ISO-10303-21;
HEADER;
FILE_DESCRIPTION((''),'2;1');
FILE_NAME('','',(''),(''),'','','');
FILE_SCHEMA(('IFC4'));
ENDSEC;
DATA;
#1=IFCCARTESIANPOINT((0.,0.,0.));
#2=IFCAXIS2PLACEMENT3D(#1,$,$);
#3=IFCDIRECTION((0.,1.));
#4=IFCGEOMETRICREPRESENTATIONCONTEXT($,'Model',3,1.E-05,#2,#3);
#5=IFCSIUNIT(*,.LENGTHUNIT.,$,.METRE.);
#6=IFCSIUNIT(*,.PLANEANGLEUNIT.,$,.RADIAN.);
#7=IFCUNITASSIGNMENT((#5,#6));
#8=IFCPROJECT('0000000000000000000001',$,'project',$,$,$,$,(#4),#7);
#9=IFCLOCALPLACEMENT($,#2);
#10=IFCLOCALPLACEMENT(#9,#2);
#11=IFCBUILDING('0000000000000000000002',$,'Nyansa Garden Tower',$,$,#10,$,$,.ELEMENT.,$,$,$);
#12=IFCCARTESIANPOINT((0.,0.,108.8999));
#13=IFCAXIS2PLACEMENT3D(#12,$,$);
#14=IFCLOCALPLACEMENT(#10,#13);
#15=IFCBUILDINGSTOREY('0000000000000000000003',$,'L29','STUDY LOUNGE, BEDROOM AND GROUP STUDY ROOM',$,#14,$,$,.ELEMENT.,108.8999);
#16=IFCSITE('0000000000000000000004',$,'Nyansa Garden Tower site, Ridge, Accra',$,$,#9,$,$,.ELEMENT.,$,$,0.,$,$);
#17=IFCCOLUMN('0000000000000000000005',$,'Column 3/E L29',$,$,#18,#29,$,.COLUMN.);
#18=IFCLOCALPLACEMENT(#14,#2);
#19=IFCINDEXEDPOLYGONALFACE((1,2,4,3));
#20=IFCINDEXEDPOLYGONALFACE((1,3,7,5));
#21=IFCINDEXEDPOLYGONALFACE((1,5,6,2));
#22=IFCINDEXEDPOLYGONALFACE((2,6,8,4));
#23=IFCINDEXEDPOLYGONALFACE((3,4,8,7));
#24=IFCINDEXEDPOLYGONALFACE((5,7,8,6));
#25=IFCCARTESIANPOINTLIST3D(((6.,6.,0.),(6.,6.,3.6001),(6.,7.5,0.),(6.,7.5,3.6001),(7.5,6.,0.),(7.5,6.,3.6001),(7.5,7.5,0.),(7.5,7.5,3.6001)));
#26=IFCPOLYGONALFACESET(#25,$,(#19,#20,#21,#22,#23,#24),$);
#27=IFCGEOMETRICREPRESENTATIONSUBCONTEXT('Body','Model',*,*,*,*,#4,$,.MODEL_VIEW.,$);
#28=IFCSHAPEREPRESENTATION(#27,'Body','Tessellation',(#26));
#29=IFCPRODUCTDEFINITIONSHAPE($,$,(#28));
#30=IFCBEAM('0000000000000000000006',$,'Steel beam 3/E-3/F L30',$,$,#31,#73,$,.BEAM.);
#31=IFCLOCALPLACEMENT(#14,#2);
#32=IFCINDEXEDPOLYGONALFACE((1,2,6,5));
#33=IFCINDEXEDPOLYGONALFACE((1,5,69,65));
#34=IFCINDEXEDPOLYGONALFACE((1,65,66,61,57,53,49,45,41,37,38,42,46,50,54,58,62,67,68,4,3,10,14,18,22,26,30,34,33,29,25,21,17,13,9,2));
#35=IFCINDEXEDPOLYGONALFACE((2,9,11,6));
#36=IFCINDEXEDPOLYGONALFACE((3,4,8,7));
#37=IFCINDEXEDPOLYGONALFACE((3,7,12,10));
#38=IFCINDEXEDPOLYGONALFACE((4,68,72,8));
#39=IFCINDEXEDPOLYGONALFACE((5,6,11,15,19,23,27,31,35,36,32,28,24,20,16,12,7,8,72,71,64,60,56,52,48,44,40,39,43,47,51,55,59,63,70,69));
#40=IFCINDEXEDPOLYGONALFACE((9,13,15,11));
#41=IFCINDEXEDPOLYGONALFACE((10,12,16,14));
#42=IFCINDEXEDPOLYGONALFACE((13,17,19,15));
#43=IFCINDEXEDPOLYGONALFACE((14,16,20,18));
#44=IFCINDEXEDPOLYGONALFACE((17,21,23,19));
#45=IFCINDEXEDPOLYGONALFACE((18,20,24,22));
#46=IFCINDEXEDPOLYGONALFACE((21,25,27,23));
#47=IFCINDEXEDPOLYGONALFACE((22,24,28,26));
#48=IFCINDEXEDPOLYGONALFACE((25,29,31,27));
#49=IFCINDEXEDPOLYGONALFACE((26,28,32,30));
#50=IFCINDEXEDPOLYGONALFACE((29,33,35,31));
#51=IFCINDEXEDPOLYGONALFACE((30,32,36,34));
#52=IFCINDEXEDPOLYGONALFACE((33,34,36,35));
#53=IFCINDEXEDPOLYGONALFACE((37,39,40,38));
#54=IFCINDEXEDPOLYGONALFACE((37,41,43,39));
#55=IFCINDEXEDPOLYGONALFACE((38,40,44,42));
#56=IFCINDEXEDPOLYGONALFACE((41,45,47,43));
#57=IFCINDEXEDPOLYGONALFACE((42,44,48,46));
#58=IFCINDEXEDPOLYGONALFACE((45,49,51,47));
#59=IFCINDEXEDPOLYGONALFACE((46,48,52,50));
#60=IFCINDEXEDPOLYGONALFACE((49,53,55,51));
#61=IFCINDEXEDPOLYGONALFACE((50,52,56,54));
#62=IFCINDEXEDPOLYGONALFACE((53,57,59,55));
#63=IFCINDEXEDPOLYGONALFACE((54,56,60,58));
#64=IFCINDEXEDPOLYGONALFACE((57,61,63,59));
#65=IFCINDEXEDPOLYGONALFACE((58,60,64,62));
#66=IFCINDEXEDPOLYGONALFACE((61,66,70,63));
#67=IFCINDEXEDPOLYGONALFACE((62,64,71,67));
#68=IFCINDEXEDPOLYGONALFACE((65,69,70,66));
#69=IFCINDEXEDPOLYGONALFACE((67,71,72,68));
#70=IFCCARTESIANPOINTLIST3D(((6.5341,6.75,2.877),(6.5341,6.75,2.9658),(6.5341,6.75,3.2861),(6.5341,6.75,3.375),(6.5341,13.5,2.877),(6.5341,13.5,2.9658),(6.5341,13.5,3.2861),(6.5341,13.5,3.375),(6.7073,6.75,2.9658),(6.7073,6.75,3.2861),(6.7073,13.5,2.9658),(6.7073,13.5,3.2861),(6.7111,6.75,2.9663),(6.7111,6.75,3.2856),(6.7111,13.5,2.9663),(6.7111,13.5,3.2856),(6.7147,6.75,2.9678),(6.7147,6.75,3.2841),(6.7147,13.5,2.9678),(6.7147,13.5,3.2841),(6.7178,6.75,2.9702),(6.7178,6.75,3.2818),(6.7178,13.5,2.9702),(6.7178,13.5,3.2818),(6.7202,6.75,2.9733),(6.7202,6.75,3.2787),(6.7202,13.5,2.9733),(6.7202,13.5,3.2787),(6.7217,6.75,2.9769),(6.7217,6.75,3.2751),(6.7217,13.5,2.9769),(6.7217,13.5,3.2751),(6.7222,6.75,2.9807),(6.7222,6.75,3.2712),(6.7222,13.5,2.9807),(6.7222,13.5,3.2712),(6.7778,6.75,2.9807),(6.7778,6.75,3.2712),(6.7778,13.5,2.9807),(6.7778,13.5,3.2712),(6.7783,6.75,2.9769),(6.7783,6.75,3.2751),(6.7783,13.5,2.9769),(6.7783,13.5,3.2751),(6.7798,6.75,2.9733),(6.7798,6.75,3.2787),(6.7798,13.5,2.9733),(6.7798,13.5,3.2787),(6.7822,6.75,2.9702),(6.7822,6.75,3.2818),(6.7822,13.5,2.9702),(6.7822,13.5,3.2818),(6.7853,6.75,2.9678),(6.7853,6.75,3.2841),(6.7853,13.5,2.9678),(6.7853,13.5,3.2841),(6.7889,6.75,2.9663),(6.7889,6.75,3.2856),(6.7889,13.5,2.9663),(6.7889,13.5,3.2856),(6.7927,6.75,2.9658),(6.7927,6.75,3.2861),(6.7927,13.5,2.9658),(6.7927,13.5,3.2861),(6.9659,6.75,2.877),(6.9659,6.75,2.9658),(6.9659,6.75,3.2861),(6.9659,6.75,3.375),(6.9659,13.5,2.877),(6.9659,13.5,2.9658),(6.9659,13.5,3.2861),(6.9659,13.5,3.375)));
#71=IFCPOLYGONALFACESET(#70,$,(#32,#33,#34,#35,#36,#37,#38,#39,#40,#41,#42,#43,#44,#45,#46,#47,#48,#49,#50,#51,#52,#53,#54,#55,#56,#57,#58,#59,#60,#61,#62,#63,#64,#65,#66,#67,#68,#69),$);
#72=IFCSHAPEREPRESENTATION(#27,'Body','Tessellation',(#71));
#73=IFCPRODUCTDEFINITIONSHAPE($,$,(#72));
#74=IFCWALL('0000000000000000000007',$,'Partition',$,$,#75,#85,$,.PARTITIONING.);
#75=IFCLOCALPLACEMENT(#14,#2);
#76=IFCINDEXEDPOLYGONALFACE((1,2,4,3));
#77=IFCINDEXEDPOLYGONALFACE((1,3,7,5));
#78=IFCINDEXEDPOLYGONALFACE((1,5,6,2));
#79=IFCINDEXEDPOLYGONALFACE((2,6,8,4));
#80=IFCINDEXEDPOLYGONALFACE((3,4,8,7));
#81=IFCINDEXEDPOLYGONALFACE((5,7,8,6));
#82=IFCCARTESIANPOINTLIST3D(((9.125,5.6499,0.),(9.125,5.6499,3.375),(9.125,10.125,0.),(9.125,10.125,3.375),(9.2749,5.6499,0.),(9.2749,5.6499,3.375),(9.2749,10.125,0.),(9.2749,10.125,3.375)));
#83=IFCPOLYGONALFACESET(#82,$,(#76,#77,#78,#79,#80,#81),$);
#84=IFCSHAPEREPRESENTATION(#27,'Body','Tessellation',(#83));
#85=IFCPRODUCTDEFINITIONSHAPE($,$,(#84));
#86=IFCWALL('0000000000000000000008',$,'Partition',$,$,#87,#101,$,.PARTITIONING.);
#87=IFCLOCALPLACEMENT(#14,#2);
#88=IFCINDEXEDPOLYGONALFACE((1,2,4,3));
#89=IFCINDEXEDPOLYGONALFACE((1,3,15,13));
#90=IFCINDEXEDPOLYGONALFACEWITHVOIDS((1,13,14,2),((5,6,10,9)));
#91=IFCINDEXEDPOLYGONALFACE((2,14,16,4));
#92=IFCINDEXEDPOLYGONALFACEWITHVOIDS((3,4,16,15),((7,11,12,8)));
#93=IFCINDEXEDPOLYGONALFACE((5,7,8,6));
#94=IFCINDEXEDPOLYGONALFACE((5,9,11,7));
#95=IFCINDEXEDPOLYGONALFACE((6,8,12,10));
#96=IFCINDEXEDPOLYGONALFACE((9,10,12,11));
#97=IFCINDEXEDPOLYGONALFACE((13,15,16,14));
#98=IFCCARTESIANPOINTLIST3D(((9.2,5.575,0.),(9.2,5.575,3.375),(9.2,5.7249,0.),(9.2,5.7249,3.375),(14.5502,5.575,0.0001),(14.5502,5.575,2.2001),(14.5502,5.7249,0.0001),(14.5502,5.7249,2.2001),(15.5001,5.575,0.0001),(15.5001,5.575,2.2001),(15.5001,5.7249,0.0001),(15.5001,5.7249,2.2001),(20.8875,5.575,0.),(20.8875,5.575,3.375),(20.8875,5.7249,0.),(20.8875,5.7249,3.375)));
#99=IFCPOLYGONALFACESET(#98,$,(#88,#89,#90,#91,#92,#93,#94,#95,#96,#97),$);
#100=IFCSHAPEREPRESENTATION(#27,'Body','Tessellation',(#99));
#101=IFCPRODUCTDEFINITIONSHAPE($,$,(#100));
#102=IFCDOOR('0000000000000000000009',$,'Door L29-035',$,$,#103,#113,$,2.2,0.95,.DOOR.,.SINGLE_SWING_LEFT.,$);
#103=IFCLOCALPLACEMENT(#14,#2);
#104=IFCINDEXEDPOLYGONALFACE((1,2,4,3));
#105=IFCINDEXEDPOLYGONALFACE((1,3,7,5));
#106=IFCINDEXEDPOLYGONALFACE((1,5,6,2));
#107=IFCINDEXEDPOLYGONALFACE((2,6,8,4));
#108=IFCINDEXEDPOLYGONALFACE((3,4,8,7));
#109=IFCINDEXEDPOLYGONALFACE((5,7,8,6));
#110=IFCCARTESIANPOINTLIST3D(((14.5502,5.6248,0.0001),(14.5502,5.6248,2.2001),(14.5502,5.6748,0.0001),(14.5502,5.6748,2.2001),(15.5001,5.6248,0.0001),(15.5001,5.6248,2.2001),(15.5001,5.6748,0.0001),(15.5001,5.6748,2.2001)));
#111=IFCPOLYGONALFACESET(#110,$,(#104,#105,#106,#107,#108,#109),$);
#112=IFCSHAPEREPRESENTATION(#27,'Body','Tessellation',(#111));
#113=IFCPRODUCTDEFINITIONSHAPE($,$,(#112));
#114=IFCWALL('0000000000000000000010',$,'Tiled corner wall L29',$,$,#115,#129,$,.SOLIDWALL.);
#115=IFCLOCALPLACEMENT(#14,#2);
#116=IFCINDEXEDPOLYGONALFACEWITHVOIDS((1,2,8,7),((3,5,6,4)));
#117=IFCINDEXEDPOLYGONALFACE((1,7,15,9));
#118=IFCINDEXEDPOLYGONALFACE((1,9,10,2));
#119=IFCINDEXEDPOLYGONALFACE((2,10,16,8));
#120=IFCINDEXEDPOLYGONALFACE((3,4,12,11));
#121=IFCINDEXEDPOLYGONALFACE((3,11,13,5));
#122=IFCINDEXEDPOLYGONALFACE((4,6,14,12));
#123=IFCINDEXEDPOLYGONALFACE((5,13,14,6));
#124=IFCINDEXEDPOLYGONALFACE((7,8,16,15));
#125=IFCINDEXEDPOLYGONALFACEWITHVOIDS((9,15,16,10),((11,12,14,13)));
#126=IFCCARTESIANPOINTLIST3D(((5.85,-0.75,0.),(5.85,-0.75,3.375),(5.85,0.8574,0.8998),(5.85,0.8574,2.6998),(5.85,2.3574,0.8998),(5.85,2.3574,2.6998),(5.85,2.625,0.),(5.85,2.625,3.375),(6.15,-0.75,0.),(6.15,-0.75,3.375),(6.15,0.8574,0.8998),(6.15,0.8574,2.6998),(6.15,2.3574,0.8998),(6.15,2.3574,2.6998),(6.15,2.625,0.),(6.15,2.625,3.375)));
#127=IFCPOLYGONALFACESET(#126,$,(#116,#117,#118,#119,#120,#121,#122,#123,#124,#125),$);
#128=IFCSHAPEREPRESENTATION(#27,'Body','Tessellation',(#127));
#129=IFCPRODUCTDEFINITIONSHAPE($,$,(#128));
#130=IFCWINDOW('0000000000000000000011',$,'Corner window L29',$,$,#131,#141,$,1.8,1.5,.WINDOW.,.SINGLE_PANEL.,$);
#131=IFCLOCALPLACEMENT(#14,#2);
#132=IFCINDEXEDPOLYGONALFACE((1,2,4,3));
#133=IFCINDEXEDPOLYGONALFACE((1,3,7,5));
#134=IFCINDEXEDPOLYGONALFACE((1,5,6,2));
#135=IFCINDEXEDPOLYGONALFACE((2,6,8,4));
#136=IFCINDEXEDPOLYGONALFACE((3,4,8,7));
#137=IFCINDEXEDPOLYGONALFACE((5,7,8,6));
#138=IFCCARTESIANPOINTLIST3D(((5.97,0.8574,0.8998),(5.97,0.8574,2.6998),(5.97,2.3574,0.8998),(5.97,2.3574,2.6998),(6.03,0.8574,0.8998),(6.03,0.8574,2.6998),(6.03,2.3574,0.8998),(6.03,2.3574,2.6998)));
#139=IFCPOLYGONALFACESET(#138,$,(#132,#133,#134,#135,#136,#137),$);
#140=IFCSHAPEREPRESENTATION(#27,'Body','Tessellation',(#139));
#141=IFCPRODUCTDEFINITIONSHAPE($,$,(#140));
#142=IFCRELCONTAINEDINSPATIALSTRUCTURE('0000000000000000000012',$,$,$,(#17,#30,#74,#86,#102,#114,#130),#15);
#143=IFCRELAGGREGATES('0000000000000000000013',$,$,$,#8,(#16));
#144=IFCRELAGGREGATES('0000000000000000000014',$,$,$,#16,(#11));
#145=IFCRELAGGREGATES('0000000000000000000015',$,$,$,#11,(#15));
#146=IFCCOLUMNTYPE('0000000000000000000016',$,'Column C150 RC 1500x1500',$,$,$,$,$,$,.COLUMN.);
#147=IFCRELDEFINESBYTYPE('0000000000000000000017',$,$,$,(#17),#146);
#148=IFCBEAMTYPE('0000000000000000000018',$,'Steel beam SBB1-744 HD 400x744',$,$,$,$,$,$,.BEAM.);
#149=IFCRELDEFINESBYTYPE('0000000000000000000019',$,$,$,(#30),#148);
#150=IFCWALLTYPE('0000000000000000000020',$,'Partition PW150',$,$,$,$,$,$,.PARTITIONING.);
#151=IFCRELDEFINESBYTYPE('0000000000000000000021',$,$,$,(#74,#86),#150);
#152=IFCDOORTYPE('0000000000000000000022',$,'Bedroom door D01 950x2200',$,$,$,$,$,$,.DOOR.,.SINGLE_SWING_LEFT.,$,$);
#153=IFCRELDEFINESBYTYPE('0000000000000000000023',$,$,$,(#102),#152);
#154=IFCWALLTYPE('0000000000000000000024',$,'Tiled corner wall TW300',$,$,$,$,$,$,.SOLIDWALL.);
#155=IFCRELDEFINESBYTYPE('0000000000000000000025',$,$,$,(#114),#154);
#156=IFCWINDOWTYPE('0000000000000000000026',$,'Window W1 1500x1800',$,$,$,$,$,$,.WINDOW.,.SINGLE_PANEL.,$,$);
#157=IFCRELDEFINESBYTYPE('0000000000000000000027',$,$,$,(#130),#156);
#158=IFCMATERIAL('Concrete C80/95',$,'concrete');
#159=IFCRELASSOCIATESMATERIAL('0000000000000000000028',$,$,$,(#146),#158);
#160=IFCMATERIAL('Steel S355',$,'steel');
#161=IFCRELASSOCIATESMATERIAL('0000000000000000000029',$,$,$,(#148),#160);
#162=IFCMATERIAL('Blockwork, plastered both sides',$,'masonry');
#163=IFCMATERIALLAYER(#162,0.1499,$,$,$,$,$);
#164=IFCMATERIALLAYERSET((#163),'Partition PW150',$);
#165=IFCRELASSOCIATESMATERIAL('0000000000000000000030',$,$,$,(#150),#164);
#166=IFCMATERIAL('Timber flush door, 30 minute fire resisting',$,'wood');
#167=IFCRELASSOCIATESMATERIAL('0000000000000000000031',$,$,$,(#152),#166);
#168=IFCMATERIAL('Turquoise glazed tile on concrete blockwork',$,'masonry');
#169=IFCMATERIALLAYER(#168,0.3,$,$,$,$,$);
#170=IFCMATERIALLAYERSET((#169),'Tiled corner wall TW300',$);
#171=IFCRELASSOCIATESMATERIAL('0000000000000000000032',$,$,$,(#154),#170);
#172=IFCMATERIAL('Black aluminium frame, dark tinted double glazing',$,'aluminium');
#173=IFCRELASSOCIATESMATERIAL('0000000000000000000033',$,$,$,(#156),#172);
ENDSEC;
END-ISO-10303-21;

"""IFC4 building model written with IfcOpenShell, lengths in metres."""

from ifc_helpers import new_model, si_unit, direction, frame, frame_2d, origin, origin_2d, place, context, subcontext, project, spatial, rectangle, i_section, extrude, material, layer, layer_set, material_profile, profile_set, type_object, element, fill, save


model = new_model("IFC4")

# Units and contexts
model_context = context("Model", 3, precision=1e-05, world=origin(), true_north=direction((0.0, 1.0)))
body_context = subcontext(model_context, "Body", "Model", "MODEL_VIEW")
ifc_project = project(units=[si_unit("LENGTHUNIT", "METRE"), si_unit("PLANEANGLEUNIT", "RADIAN")], contexts=[model_context])

# Site, building, storey
site_placement = place(None, origin())
site = spatial("IfcSite", under=ifc_project, at=site_placement, Name="Nyansa Garden Tower site, Ridge, Accra", CompositionType="ELEMENT", RefElevation=0.0)
building_placement = place(site_placement, origin())
building = spatial("IfcBuilding", under=site, at=building_placement, Name="Nyansa Garden Tower", CompositionType="ELEMENT")
storey_placement = place(building_placement, frame((0.0, 0.0, 108.8999)))
storey = spatial("IfcBuildingStorey", under=building, at=storey_placement, Name="L29", Description="STUDY LOUNGE, BEDROOM AND GROUP STUDY ROOM", CompositionType="ELEMENT", Elevation=108.8999)

# Column
ifc_material_1 = material(Name="Concrete C80/95", Category="concrete")
ifc_material_profile_1 = material_profile(ifc_material_1, rectangle(XDim=1.5, YDim=1.5, at=origin_2d()), Name="RC 1500x1500")
ifc_profile_set_1 = profile_set([ifc_material_profile_1], Name="Concrete C80/95")
column_type = type_object("IfcColumnType", Name="Column C150 RC 1500x1500", PredefinedType="COLUMN", material=ifc_profile_set_1)
column_placement = place(storey_placement, frame((6.75, 6.75, 0.0), z_axis=(0.0, 0.0, 1.0), x_axis=(1.0, 0.0, 0.0)))
element("IfcColumn", 1, at=column_placement, inside=storey, type_object=column_type, Name="Column 3/E L29", PredefinedType="COLUMN", context=body_context, shape_type="SweptSolid", body=[
    extrude(rectangle(XDim=1.5, YDim=1.5, at=origin_2d()), origin(), (0.0, 0.0, 1.0), 3.6001),
])

# Beam
ifc_material_2 = material(Name="Steel S355", Category="steel")
ifc_material_profile_2 = material_profile(ifc_material_2, i_section(OverallWidth=0.4319, OverallDepth=0.498, WebThickness=0.0557, FlangeThickness=0.0889, FilletRadius=0.0149, at=origin_2d()), Name="HD 400x744")
ifc_profile_set_2 = profile_set([ifc_material_profile_2], Name="Steel S355")
beam_type = type_object("IfcBeamType", Name="Steel beam SBB1-744 HD 400x744", PredefinedType="BEAM", material=ifc_profile_set_2)
beam_placement = place(storey_placement, frame((6.75, 6.75, 3.126), z_axis=(0.0, 1.0, 0.0), x_axis=(-1.0, 0.0, 0.0)))
element("IfcBeam", 2, at=beam_placement, inside=storey, type_object=beam_type, Name="Steel beam 3/E-3/F L30", PredefinedType="BEAM", context=body_context, shape_type="SweptSolid", body=[
    extrude(i_section(OverallWidth=0.4319, OverallDepth=0.498, WebThickness=0.0557, FlangeThickness=0.0889, FilletRadius=0.0149, at=origin_2d()), origin(), (0.0, 0.0, 1.0), 6.75),
])

# Wall
ifc_material_3 = material(Name="Blockwork, plastered both sides", Category="masonry")
ifc_layer_1 = layer(ifc_material_3, 0.1499)
ifc_layer_set_1 = layer_set([ifc_layer_1], Name="Partition PW150")
wall_type_1 = type_object("IfcWallType", Name="Partition PW150", PredefinedType="PARTITIONING", material=ifc_layer_set_1)
wall_1_placement = place(storey_placement, frame((9.2, 5.6499, 0.0), z_axis=(0.0, 0.0, 1.0), x_axis=(0.0, 1.0, 0.0)))
element("IfcWall", 3, at=wall_1_placement, inside=storey, type_object=wall_type_1, Name="Partition", PredefinedType="PARTITIONING", context=body_context, shape_type="SweptSolid", body=[
    extrude(rectangle(XDim=4.4751, YDim=0.1499, at=frame_2d((2.2375, 0.0))), origin(), (0.0, 0.0, 1.0), 3.375),
])

# Wall, opening, door
wall_2_placement = place(storey_placement, frame((9.2, 5.6499, 0.0), z_axis=(0.0, 0.0, 1.0), x_axis=(1.0, 0.0, 0.0)))
wall_2 = element("IfcWall", 4, at=wall_2_placement, inside=storey, type_object=wall_type_1, Name="Partition", PredefinedType="PARTITIONING", context=body_context, shape_type="SweptSolid", body=[
    extrude(rectangle(XDim=11.6875, YDim=0.1499, at=frame_2d((5.8438, 0.0))), origin(), (0.0, 0.0, 1.0), 3.375),
])
opening_1_placement = place(wall_2_placement, frame((5.3501, 0.0, 0.0)))
opening_1 = element("IfcOpeningElement", 5, at=opening_1_placement, cuts=wall_2, PredefinedType="OPENING", context=body_context, shape_type="SweptSolid", body=[
    extrude(rectangle(XDim=0.95, YDim=2.2, at=frame_2d((0.4751, 1.1001))), frame((0.0, 0.085, 0.0), z_axis=(0.0, -1.0, 0.0), x_axis=(1.0, 0.0, 0.0)), (0.0, 0.0, 1.0), 0.1699),
])
ifc_material_4 = material(Name="Timber flush door, 30 minute fire resisting", Category="wood")
door_type_1 = type_object("IfcDoorType", Name="Bedroom door D01 950x2200", OperationType="SINGLE_SWING_LEFT", PredefinedType="DOOR", material=ifc_material_4)
door_1_placement = place(opening_1_placement, origin())
door_1 = element("IfcDoor", 6, at=door_1_placement, inside=storey, type_object=door_type_1, Name="Door L29-035", OperationType="SINGLE_SWING_LEFT", OverallHeight=2.2, OverallWidth=0.95, PredefinedType="DOOR", context=body_context, shape_type="SweptSolid", body=[
    extrude(rectangle(XDim=0.95, YDim=2.2, at=frame_2d((0.4751, 1.1001))), frame((0.0, 0.0249, 0.0), z_axis=(0.0, -1.0, 0.0), x_axis=(1.0, 0.0, 0.0)), (0.0, 0.0, 1.0), 0.05),
])
fill(opening_1, door_1)

# Wall, opening, window
ifc_material_5 = material(Name="Turquoise glazed tile on concrete blockwork", Category="masonry")
ifc_layer_2 = layer(ifc_material_5, 0.3)
ifc_layer_set_2 = layer_set([ifc_layer_2], Name="Tiled corner wall TW300")
wall_type_2 = type_object("IfcWallType", Name="Tiled corner wall TW300", PredefinedType="SOLIDWALL", material=ifc_layer_set_2)
wall_3_placement = place(storey_placement, frame((6.0, 2.625, 0.0), z_axis=(0.0, 0.0, 1.0), x_axis=(0.0, -1.0, 0.0)))
wall_3 = element("IfcWall", 7, at=wall_3_placement, inside=storey, type_object=wall_type_2, Name="Tiled corner wall L29", PredefinedType="SOLIDWALL", context=body_context, shape_type="SweptSolid", body=[
    extrude(rectangle(XDim=3.375, YDim=0.3, at=frame_2d((1.6875, 0.0))), origin(), (0.0, 0.0, 1.0), 3.375),
])
opening_2_placement = place(wall_3_placement, frame((0.2676, 0.0, 0.8999)))
opening_2 = element("IfcOpeningElement", 8, at=opening_2_placement, cuts=wall_3, PredefinedType="OPENING", context=body_context, shape_type="SweptSolid", body=[
    extrude(rectangle(XDim=1.5, YDim=1.8, at=frame_2d((0.75, 0.8999))), frame((0.0, 0.1599, 0.0), z_axis=(0.0, -1.0, 0.0), x_axis=(1.0, 0.0, 0.0)), (0.0, 0.0, 1.0), 0.3201),
])
ifc_material_6 = material(Name="Black aluminium frame, dark tinted double glazing", Category="aluminium")
window_type = type_object("IfcWindowType", Name="Window W1 1500x1800", PartitioningType="SINGLE_PANEL", PredefinedType="WINDOW", material=ifc_material_6)
window_placement = place(opening_2_placement, origin())
window = element("IfcWindow", 9, at=window_placement, inside=storey, type_object=window_type, Name="Corner window L29", OverallHeight=1.8, OverallWidth=1.5, PartitioningType="SINGLE_PANEL", PredefinedType="WINDOW", context=body_context, shape_type="SweptSolid", body=[
    extrude(rectangle(XDim=1.5, YDim=1.8, at=frame_2d((0.75, 0.8999))), frame((0.0, 0.03, 0.0), z_axis=(0.0, -1.0, 0.0), x_axis=(1.0, 0.0, 0.0)), (0.0, 0.0, 1.0), 0.0601),
])
fill(opening_2, window)

save(model, "model.ifc")
